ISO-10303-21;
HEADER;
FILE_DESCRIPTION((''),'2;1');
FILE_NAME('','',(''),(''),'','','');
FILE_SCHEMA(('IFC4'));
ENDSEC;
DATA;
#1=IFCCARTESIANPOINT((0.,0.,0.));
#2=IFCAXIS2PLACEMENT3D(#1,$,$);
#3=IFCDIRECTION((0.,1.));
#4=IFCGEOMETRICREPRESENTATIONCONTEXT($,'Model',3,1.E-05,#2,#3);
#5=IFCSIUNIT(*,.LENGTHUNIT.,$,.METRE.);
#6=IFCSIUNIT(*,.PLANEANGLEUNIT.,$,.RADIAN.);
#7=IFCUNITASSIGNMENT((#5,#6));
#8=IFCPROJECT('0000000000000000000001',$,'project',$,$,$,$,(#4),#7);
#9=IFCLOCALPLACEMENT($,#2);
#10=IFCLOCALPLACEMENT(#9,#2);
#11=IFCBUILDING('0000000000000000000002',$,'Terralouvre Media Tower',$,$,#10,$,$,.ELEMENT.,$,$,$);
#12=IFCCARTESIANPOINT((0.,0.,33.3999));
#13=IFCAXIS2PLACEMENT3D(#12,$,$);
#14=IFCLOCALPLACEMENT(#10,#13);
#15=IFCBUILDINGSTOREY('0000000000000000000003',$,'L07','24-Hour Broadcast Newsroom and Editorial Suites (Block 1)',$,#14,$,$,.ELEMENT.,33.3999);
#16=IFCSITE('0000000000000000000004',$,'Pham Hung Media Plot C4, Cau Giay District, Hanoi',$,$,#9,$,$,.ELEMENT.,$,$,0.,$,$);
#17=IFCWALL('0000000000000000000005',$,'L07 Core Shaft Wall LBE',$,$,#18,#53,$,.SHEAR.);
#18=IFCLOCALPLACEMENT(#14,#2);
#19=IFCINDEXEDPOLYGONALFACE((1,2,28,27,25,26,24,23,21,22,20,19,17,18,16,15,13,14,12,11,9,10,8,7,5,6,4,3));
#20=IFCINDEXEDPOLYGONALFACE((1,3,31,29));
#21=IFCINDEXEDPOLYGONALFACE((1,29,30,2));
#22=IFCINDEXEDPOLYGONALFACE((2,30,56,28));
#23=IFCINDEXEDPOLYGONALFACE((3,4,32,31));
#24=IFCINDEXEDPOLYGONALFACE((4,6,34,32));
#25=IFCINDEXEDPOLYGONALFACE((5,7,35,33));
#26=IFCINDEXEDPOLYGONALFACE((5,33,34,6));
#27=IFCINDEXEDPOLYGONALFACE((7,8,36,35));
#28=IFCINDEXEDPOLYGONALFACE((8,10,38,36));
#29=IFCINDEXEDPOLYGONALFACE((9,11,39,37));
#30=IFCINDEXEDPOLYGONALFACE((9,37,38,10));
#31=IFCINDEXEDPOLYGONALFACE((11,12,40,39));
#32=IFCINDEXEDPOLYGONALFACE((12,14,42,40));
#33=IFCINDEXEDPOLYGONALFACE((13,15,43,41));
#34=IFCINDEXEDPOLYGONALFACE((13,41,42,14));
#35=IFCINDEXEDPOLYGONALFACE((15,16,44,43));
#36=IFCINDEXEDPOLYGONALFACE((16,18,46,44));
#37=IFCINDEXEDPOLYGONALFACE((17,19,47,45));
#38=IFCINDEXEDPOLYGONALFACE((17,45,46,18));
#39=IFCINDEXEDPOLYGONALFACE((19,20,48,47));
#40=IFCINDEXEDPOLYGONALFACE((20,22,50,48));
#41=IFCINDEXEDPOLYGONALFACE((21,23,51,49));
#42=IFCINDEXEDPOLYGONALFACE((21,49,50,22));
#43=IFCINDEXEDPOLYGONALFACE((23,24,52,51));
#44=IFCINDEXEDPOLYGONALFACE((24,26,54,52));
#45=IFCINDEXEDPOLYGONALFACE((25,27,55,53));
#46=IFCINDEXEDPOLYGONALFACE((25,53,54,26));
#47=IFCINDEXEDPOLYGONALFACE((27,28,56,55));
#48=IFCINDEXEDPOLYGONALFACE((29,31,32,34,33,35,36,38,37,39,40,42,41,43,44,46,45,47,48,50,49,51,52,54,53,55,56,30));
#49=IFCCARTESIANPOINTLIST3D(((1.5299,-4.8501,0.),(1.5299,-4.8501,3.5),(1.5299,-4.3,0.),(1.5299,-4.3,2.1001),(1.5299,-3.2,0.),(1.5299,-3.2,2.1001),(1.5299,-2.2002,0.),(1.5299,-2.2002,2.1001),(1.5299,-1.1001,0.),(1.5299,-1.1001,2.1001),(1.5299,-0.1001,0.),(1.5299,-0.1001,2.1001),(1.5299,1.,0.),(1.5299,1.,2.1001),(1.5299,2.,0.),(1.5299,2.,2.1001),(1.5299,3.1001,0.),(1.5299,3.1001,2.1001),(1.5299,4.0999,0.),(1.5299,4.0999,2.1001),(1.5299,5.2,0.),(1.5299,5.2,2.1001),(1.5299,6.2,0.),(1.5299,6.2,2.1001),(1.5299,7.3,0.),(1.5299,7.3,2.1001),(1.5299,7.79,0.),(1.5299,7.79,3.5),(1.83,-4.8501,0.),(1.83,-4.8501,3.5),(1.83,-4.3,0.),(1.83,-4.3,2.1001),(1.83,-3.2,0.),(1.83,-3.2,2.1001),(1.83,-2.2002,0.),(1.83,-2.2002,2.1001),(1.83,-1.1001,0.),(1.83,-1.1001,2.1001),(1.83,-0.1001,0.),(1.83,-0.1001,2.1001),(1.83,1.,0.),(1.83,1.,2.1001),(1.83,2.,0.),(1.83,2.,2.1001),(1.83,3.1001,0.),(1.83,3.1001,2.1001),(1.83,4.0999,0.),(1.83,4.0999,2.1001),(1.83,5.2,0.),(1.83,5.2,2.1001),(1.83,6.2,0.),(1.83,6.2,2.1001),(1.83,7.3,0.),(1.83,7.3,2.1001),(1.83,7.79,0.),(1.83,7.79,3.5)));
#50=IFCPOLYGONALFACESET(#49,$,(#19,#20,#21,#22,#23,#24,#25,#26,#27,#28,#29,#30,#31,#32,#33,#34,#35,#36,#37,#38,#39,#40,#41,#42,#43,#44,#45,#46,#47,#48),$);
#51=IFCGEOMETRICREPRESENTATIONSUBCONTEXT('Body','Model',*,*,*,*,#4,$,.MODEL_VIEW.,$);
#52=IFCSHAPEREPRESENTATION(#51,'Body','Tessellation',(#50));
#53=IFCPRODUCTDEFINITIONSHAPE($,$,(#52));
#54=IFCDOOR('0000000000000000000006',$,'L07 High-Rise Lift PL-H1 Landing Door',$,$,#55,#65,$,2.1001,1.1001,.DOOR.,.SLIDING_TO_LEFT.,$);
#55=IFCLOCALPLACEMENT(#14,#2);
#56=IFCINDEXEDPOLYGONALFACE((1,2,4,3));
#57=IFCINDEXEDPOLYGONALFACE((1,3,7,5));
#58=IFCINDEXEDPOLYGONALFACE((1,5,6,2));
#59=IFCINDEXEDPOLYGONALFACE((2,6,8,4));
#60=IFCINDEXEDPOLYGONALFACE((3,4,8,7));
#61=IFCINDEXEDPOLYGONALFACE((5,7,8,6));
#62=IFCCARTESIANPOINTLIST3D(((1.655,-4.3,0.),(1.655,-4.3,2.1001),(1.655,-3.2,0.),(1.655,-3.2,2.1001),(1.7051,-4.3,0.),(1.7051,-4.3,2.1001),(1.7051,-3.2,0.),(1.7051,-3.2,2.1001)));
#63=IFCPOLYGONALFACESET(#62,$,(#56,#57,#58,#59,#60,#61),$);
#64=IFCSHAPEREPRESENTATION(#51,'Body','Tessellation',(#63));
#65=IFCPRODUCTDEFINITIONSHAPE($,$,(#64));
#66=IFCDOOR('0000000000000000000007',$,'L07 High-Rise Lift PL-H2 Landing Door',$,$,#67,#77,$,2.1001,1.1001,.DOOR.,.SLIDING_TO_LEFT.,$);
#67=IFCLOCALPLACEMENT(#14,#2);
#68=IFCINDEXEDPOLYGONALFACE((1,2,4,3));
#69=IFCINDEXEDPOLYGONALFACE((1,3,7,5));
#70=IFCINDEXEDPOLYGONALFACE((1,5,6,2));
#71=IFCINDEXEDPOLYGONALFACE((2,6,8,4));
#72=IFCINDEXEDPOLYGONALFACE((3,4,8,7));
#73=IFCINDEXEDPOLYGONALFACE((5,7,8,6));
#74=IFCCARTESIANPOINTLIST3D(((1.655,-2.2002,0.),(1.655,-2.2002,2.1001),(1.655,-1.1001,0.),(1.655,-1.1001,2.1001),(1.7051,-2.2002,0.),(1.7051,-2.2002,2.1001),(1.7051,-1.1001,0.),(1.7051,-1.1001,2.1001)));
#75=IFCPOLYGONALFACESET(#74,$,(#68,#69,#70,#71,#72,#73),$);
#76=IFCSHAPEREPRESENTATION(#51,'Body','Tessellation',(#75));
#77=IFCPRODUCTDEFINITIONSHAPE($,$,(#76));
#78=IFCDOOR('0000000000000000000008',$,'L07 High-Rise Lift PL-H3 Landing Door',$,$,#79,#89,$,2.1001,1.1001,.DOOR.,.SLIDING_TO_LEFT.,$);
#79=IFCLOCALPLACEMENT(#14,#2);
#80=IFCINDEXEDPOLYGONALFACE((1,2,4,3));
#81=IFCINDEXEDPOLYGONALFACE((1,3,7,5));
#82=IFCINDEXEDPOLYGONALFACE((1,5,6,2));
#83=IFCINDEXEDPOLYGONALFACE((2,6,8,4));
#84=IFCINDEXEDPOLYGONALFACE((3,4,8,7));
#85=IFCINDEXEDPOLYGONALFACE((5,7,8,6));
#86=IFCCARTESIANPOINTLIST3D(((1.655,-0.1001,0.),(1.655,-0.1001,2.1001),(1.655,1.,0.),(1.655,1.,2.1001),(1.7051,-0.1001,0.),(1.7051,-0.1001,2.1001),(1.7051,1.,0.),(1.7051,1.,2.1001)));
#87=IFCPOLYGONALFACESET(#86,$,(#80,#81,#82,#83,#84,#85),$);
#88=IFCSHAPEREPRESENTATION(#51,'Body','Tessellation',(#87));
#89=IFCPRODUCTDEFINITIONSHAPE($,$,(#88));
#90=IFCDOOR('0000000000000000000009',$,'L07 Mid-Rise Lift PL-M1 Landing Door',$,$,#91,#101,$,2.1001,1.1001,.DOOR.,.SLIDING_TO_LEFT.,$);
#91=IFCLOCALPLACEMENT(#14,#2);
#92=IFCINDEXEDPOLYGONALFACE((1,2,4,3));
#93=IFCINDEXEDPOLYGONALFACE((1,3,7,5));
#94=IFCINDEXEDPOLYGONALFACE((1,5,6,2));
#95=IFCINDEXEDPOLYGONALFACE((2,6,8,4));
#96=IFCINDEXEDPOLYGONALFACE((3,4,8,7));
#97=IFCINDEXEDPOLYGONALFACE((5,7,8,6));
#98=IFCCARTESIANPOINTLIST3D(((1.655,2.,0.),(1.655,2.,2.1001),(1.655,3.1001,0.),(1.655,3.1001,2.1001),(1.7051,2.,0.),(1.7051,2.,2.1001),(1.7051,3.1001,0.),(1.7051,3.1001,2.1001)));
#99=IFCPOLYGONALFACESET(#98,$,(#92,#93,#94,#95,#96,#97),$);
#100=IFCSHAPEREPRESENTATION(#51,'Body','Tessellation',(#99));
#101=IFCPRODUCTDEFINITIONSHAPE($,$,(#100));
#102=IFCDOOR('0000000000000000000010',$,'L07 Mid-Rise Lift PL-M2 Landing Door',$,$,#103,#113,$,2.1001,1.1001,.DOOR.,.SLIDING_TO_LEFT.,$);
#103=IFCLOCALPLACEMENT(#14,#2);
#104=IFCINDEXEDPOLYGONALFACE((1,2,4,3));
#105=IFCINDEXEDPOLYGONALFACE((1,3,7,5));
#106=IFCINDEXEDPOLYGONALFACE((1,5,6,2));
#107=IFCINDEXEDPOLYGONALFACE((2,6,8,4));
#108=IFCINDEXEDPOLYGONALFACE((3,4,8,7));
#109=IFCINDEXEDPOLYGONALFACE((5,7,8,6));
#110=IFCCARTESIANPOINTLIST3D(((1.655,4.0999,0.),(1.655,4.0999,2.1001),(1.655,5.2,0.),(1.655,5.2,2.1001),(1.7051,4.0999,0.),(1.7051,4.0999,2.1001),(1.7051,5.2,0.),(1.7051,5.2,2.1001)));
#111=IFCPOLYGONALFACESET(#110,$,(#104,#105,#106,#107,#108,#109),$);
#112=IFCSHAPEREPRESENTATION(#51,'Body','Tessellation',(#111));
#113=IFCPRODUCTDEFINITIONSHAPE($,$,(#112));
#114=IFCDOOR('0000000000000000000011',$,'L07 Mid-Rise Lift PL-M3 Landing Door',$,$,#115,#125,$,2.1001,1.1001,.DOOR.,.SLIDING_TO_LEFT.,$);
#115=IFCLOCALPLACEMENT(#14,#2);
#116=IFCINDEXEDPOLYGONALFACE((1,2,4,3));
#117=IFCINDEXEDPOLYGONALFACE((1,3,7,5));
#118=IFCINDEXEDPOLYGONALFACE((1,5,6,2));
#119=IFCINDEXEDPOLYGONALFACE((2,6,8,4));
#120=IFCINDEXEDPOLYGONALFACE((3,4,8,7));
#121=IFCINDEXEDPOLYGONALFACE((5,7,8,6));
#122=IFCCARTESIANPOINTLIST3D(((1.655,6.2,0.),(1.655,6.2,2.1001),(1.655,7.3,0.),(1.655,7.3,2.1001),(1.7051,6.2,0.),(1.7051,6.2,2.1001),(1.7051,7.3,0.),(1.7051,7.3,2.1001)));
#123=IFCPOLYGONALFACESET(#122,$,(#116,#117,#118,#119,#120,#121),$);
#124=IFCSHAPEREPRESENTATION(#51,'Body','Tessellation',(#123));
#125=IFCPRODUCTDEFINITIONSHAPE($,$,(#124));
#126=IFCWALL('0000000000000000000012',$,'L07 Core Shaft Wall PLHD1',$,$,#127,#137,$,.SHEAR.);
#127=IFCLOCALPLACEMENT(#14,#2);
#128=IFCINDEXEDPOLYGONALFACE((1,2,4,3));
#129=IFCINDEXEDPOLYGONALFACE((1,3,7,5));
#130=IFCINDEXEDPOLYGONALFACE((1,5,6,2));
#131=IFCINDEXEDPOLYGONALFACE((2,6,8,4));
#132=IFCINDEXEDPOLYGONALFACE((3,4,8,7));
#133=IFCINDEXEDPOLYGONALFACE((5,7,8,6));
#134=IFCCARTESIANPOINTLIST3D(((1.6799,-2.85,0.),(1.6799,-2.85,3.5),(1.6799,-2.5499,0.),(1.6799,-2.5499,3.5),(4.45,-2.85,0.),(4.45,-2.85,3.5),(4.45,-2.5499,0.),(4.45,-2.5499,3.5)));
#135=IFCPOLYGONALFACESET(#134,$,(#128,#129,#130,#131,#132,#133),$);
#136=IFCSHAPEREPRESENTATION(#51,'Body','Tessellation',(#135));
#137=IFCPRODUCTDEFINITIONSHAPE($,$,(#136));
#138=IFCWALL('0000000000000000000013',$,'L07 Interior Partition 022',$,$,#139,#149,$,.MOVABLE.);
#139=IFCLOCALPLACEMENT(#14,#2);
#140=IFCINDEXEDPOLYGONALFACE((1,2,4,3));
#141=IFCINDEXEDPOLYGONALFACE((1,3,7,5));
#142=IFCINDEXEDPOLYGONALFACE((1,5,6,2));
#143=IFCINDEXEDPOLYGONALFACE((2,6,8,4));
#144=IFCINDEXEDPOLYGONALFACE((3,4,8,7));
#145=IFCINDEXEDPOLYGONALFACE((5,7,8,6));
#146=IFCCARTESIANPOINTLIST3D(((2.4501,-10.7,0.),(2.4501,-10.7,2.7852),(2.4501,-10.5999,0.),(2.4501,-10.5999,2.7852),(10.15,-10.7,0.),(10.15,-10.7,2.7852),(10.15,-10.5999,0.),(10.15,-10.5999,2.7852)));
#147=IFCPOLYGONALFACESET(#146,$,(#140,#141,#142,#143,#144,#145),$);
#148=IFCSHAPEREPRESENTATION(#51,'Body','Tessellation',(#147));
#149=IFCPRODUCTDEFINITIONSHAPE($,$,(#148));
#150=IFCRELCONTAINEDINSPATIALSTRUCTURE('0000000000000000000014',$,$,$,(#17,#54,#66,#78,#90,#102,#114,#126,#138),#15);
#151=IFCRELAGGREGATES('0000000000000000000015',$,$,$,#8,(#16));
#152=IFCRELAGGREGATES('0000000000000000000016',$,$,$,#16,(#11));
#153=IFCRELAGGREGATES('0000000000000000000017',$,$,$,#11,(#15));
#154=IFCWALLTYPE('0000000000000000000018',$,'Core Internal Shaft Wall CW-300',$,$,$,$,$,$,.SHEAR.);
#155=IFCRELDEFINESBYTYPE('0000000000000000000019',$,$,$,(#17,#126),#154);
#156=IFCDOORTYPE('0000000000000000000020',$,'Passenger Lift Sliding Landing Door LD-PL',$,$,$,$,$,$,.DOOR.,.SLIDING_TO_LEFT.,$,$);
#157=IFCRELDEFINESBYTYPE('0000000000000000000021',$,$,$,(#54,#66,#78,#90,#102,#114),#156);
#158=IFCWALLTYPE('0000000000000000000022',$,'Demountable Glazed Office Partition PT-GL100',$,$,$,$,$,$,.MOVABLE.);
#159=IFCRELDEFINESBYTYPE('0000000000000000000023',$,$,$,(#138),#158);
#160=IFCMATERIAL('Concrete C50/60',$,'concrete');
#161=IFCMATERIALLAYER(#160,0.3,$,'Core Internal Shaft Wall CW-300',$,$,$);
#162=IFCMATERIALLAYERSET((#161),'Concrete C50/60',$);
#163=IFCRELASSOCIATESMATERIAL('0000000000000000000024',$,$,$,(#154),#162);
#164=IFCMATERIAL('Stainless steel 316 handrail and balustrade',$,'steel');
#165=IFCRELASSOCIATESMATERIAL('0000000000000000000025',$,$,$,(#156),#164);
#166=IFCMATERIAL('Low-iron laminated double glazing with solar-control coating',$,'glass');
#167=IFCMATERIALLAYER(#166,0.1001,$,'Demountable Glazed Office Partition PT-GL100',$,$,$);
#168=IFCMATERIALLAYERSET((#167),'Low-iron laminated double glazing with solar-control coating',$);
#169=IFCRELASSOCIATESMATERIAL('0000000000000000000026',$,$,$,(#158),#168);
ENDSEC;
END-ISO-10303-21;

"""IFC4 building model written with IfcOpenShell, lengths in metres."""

from ifc_helpers import new_model, si_unit, direction, frame, frame_2d, origin, place, context, subcontext, project, spatial, rectangle, extrude, material, layer, layer_set, type_object, element, fill, save


model = new_model("IFC4")

# Units and contexts
model_context = context("Model", 3, precision=1e-05, world=origin(), true_north=direction((0.0, 1.0)))
body_context = subcontext(model_context, "Body", "Model", "MODEL_VIEW")
ifc_project = project(units=[si_unit("LENGTHUNIT", "METRE"), si_unit("PLANEANGLEUNIT", "RADIAN")], contexts=[model_context])

# Site, building, storey
site_placement = place(None, origin())
site = spatial("IfcSite", under=ifc_project, at=site_placement, Name="Pham Hung Media Plot C4, Cau Giay District, Hanoi", CompositionType="ELEMENT", RefElevation=0.0)
building_placement = place(site_placement, origin())
building = spatial("IfcBuilding", under=site, at=building_placement, Name="Terralouvre Media Tower", CompositionType="ELEMENT")
storey_placement = place(building_placement, frame((0.0, 0.0, 33.3999)))
storey = spatial("IfcBuildingStorey", under=building, at=storey_placement, Name="L07", Description="24-Hour Broadcast Newsroom and Editorial Suites (Block 1)", CompositionType="ELEMENT", Elevation=33.3999)

# Shared definitions
ifc_material_1 = material(Name="Concrete C50/60", Category="concrete")
ifc_layer_1 = layer(ifc_material_1, 0.3, Name="Core Internal Shaft Wall CW-300")
ifc_layer_set_1 = layer_set([ifc_layer_1], Name="Concrete C50/60")
wall_type_1 = type_object("IfcWallType", Name="Core Internal Shaft Wall CW-300", PredefinedType="SHEAR", material=ifc_layer_set_1)

# Wall, openings, doors
wall_1_placement = place(storey_placement, frame((1.6799, -4.8501, 0.0), z_axis=(0.0, 0.0, 1.0), x_axis=(0.0, 1.0, 0.0)))
wall_1 = element("IfcWall", 1, at=wall_1_placement, inside=storey, type_object=wall_type_1, Name="L07 Core Shaft Wall LBE", PredefinedType="SHEAR", context=body_context, shape_type="SweptSolid", body=[
    extrude(rectangle(XDim=12.6401, YDim=0.3, at=frame_2d((6.3201, 0.0))), origin(), (0.0, 0.0, 1.0), 3.5),
])
opening_1_placement = place(wall_1_placement, frame((0.55, 0.0, 0.0)))
opening_1 = element("IfcOpeningElement", 2, at=opening_1_placement, cuts=wall_1, PredefinedType="OPENING", context=body_context, shape_type="SweptSolid", body=[
    extrude(rectangle(XDim=1.1001, YDim=2.1001, at=frame_2d((0.55, 1.05))), frame((0.0, 0.1599, 0.0), z_axis=(0.0, -1.0, 0.0), x_axis=(1.0, 0.0, 0.0)), (0.0, 0.0, 1.0), 0.3201),
])
opening_2_placement = place(wall_1_placement, frame((2.6499, 0.0, 0.0)))
opening_2 = element("IfcOpeningElement", 3, at=opening_2_placement, cuts=wall_1, PredefinedType="OPENING", context=body_context, shape_type="SweptSolid", body=[
    extrude(rectangle(XDim=1.1001, YDim=2.1001, at=frame_2d((0.55, 1.05))), frame((0.0, 0.1599, 0.0), z_axis=(0.0, -1.0, 0.0), x_axis=(1.0, 0.0, 0.0)), (0.0, 0.0, 1.0), 0.3201),
])
opening_3_placement = place(wall_1_placement, frame((4.75, 0.0, 0.0)))
opening_3 = element("IfcOpeningElement", 4, at=opening_3_placement, cuts=wall_1, PredefinedType="OPENING", context=body_context, shape_type="SweptSolid", body=[
    extrude(rectangle(XDim=1.1001, YDim=2.1001, at=frame_2d((0.55, 1.05))), frame((0.0, 0.1599, 0.0), z_axis=(0.0, -1.0, 0.0), x_axis=(1.0, 0.0, 0.0)), (0.0, 0.0, 1.0), 0.3201),
])
opening_4_placement = place(wall_1_placement, frame((6.8501, 0.0, 0.0)))
opening_4 = element("IfcOpeningElement", 5, at=opening_4_placement, cuts=wall_1, PredefinedType="OPENING", context=body_context, shape_type="SweptSolid", body=[
    extrude(rectangle(XDim=1.1001, YDim=2.1001, at=frame_2d((0.55, 1.05))), frame((0.0, 0.1599, 0.0), z_axis=(0.0, -1.0, 0.0), x_axis=(1.0, 0.0, 0.0)), (0.0, 0.0, 1.0), 0.3201),
])
opening_5_placement = place(wall_1_placement, frame((8.95, 0.0, 0.0)))
opening_5 = element("IfcOpeningElement", 6, at=opening_5_placement, cuts=wall_1, PredefinedType="OPENING", context=body_context, shape_type="SweptSolid", body=[
    extrude(rectangle(XDim=1.1001, YDim=2.1001, at=frame_2d((0.55, 1.05))), frame((0.0, 0.1599, 0.0), z_axis=(0.0, -1.0, 0.0), x_axis=(1.0, 0.0, 0.0)), (0.0, 0.0, 1.0), 0.3201),
])
opening_6_placement = place(wall_1_placement, frame((11.05, 0.0, 0.0)))
opening_6 = element("IfcOpeningElement", 7, at=opening_6_placement, cuts=wall_1, PredefinedType="OPENING", context=body_context, shape_type="SweptSolid", body=[
    extrude(rectangle(XDim=1.1001, YDim=2.1001, at=frame_2d((0.55, 1.05))), frame((0.0, 0.1599, 0.0), z_axis=(0.0, -1.0, 0.0), x_axis=(1.0, 0.0, 0.0)), (0.0, 0.0, 1.0), 0.3201),
])
ifc_material_2 = material(Name="Stainless steel 316 handrail and balustrade", Category="steel")
door_type_1 = type_object("IfcDoorType", Name="Passenger Lift Sliding Landing Door LD-PL", OperationType="SLIDING_TO_LEFT", PredefinedType="DOOR", material=ifc_material_2)
door_1_placement = place(opening_1_placement, origin())
door_1 = element("IfcDoor", 8, at=door_1_placement, inside=storey, type_object=door_type_1, Name="L07 High-Rise Lift PL-H1 Landing Door", OperationType="SLIDING_TO_LEFT", OverallHeight=2.1001, OverallWidth=1.1001, PredefinedType="DOOR", context=body_context, shape_type="SweptSolid", body=[
    extrude(rectangle(XDim=1.1001, YDim=2.1001, at=frame_2d((0.55, 1.05))), frame((0.0, 0.0249, 0.0), z_axis=(0.0, -1.0, 0.0), x_axis=(1.0, 0.0, 0.0)), (0.0, 0.0, 1.0), 0.05),
])
fill(opening_1, door_1)
door_2_placement = place(opening_2_placement, origin())
door_2 = element("IfcDoor", 9, at=door_2_placement, inside=storey, type_object=door_type_1, Name="L07 High-Rise Lift PL-H2 Landing Door", OperationType="SLIDING_TO_LEFT", OverallHeight=2.1001, OverallWidth=1.1001, PredefinedType="DOOR", context=body_context, shape_type="SweptSolid", body=[
    extrude(rectangle(XDim=1.1001, YDim=2.1001, at=frame_2d((0.55, 1.05))), frame((0.0, 0.0249, 0.0), z_axis=(0.0, -1.0, 0.0), x_axis=(1.0, 0.0, 0.0)), (0.0, 0.0, 1.0), 0.05),
])
fill(opening_2, door_2)
door_3_placement = place(opening_3_placement, origin())
door_3 = element("IfcDoor", 10, at=door_3_placement, inside=storey, type_object=door_type_1, Name="L07 High-Rise Lift PL-H3 Landing Door", OperationType="SLIDING_TO_LEFT", OverallHeight=2.1001, OverallWidth=1.1001, PredefinedType="DOOR", context=body_context, shape_type="SweptSolid", body=[
    extrude(rectangle(XDim=1.1001, YDim=2.1001, at=frame_2d((0.55, 1.05))), frame((0.0, 0.0249, 0.0), z_axis=(0.0, -1.0, 0.0), x_axis=(1.0, 0.0, 0.0)), (0.0, 0.0, 1.0), 0.05),
])
fill(opening_3, door_3)
door_4_placement = place(opening_4_placement, origin())
door_4 = element("IfcDoor", 11, at=door_4_placement, inside=storey, type_object=door_type_1, Name="L07 Mid-Rise Lift PL-M1 Landing Door", OperationType="SLIDING_TO_LEFT", OverallHeight=2.1001, OverallWidth=1.1001, PredefinedType="DOOR", context=body_context, shape_type="SweptSolid", body=[
    extrude(rectangle(XDim=1.1001, YDim=2.1001, at=frame_2d((0.55, 1.05))), frame((0.0, 0.0249, 0.0), z_axis=(0.0, -1.0, 0.0), x_axis=(1.0, 0.0, 0.0)), (0.0, 0.0, 1.0), 0.05),
])
fill(opening_4, door_4)
door_5_placement = place(opening_5_placement, origin())
door_5 = element("IfcDoor", 12, at=door_5_placement, inside=storey, type_object=door_type_1, Name="L07 Mid-Rise Lift PL-M2 Landing Door", OperationType="SLIDING_TO_LEFT", OverallHeight=2.1001, OverallWidth=1.1001, PredefinedType="DOOR", context=body_context, shape_type="SweptSolid", body=[
    extrude(rectangle(XDim=1.1001, YDim=2.1001, at=frame_2d((0.55, 1.05))), frame((0.0, 0.0249, 0.0), z_axis=(0.0, -1.0, 0.0), x_axis=(1.0, 0.0, 0.0)), (0.0, 0.0, 1.0), 0.05),
])
fill(opening_5, door_5)
door_6_placement = place(opening_6_placement, origin())
door_6 = element("IfcDoor", 13, at=door_6_placement, inside=storey, type_object=door_type_1, Name="L07 Mid-Rise Lift PL-M3 Landing Door", OperationType="SLIDING_TO_LEFT", OverallHeight=2.1001, OverallWidth=1.1001, PredefinedType="DOOR", context=body_context, shape_type="SweptSolid", body=[
    extrude(rectangle(XDim=1.1001, YDim=2.1001, at=frame_2d((0.55, 1.05))), frame((0.0, 0.0249, 0.0), z_axis=(0.0, -1.0, 0.0), x_axis=(1.0, 0.0, 0.0)), (0.0, 0.0, 1.0), 0.05),
])
fill(opening_6, door_6)

# Walls
wall_2_placement = place(storey_placement, frame((1.6799, -2.7, 0.0), z_axis=(0.0, 0.0, 1.0), x_axis=(1.0, 0.0, 0.0)))
element("IfcWall", 14, at=wall_2_placement, inside=storey, type_object=wall_type_1, Name="L07 Core Shaft Wall PLHD1", PredefinedType="SHEAR", context=body_context, shape_type="SweptSolid", body=[
    extrude(rectangle(XDim=2.77, YDim=0.3, at=frame_2d((1.385, 0.0))), origin(), (0.0, 0.0, 1.0), 3.5),
])
ifc_material_3 = material(Name="Low-iron laminated double glazing with solar-control coating", Category="glass")
ifc_layer_2 = layer(ifc_material_3, 0.1001, Name="Demountable Glazed Office Partition PT-GL100")
ifc_layer_set_2 = layer_set([ifc_layer_2], Name="Low-iron laminated double glazing with solar-control coating")
wall_type_2 = type_object("IfcWallType", Name="Demountable Glazed Office Partition PT-GL100", PredefinedType="MOVABLE", material=ifc_layer_set_2)
wall_3_placement = place(storey_placement, frame((2.45, -10.6499, 0.0), z_axis=(0.0, 0.0, 1.0), x_axis=(1.0, 0.0, 0.0)))
element("IfcWall", 15, at=wall_3_placement, inside=storey, type_object=wall_type_2, Name="L07 Interior Partition 022", PredefinedType="MOVABLE", context=body_context, shape_type="SweptSolid", body=[
    extrude(rectangle(XDim=7.7, YDim=0.1001, at=frame_2d((3.8501, 0.0))), origin(), (0.0, 0.0, 1.0), 2.7852),
])

save(model, "model.ifc")
